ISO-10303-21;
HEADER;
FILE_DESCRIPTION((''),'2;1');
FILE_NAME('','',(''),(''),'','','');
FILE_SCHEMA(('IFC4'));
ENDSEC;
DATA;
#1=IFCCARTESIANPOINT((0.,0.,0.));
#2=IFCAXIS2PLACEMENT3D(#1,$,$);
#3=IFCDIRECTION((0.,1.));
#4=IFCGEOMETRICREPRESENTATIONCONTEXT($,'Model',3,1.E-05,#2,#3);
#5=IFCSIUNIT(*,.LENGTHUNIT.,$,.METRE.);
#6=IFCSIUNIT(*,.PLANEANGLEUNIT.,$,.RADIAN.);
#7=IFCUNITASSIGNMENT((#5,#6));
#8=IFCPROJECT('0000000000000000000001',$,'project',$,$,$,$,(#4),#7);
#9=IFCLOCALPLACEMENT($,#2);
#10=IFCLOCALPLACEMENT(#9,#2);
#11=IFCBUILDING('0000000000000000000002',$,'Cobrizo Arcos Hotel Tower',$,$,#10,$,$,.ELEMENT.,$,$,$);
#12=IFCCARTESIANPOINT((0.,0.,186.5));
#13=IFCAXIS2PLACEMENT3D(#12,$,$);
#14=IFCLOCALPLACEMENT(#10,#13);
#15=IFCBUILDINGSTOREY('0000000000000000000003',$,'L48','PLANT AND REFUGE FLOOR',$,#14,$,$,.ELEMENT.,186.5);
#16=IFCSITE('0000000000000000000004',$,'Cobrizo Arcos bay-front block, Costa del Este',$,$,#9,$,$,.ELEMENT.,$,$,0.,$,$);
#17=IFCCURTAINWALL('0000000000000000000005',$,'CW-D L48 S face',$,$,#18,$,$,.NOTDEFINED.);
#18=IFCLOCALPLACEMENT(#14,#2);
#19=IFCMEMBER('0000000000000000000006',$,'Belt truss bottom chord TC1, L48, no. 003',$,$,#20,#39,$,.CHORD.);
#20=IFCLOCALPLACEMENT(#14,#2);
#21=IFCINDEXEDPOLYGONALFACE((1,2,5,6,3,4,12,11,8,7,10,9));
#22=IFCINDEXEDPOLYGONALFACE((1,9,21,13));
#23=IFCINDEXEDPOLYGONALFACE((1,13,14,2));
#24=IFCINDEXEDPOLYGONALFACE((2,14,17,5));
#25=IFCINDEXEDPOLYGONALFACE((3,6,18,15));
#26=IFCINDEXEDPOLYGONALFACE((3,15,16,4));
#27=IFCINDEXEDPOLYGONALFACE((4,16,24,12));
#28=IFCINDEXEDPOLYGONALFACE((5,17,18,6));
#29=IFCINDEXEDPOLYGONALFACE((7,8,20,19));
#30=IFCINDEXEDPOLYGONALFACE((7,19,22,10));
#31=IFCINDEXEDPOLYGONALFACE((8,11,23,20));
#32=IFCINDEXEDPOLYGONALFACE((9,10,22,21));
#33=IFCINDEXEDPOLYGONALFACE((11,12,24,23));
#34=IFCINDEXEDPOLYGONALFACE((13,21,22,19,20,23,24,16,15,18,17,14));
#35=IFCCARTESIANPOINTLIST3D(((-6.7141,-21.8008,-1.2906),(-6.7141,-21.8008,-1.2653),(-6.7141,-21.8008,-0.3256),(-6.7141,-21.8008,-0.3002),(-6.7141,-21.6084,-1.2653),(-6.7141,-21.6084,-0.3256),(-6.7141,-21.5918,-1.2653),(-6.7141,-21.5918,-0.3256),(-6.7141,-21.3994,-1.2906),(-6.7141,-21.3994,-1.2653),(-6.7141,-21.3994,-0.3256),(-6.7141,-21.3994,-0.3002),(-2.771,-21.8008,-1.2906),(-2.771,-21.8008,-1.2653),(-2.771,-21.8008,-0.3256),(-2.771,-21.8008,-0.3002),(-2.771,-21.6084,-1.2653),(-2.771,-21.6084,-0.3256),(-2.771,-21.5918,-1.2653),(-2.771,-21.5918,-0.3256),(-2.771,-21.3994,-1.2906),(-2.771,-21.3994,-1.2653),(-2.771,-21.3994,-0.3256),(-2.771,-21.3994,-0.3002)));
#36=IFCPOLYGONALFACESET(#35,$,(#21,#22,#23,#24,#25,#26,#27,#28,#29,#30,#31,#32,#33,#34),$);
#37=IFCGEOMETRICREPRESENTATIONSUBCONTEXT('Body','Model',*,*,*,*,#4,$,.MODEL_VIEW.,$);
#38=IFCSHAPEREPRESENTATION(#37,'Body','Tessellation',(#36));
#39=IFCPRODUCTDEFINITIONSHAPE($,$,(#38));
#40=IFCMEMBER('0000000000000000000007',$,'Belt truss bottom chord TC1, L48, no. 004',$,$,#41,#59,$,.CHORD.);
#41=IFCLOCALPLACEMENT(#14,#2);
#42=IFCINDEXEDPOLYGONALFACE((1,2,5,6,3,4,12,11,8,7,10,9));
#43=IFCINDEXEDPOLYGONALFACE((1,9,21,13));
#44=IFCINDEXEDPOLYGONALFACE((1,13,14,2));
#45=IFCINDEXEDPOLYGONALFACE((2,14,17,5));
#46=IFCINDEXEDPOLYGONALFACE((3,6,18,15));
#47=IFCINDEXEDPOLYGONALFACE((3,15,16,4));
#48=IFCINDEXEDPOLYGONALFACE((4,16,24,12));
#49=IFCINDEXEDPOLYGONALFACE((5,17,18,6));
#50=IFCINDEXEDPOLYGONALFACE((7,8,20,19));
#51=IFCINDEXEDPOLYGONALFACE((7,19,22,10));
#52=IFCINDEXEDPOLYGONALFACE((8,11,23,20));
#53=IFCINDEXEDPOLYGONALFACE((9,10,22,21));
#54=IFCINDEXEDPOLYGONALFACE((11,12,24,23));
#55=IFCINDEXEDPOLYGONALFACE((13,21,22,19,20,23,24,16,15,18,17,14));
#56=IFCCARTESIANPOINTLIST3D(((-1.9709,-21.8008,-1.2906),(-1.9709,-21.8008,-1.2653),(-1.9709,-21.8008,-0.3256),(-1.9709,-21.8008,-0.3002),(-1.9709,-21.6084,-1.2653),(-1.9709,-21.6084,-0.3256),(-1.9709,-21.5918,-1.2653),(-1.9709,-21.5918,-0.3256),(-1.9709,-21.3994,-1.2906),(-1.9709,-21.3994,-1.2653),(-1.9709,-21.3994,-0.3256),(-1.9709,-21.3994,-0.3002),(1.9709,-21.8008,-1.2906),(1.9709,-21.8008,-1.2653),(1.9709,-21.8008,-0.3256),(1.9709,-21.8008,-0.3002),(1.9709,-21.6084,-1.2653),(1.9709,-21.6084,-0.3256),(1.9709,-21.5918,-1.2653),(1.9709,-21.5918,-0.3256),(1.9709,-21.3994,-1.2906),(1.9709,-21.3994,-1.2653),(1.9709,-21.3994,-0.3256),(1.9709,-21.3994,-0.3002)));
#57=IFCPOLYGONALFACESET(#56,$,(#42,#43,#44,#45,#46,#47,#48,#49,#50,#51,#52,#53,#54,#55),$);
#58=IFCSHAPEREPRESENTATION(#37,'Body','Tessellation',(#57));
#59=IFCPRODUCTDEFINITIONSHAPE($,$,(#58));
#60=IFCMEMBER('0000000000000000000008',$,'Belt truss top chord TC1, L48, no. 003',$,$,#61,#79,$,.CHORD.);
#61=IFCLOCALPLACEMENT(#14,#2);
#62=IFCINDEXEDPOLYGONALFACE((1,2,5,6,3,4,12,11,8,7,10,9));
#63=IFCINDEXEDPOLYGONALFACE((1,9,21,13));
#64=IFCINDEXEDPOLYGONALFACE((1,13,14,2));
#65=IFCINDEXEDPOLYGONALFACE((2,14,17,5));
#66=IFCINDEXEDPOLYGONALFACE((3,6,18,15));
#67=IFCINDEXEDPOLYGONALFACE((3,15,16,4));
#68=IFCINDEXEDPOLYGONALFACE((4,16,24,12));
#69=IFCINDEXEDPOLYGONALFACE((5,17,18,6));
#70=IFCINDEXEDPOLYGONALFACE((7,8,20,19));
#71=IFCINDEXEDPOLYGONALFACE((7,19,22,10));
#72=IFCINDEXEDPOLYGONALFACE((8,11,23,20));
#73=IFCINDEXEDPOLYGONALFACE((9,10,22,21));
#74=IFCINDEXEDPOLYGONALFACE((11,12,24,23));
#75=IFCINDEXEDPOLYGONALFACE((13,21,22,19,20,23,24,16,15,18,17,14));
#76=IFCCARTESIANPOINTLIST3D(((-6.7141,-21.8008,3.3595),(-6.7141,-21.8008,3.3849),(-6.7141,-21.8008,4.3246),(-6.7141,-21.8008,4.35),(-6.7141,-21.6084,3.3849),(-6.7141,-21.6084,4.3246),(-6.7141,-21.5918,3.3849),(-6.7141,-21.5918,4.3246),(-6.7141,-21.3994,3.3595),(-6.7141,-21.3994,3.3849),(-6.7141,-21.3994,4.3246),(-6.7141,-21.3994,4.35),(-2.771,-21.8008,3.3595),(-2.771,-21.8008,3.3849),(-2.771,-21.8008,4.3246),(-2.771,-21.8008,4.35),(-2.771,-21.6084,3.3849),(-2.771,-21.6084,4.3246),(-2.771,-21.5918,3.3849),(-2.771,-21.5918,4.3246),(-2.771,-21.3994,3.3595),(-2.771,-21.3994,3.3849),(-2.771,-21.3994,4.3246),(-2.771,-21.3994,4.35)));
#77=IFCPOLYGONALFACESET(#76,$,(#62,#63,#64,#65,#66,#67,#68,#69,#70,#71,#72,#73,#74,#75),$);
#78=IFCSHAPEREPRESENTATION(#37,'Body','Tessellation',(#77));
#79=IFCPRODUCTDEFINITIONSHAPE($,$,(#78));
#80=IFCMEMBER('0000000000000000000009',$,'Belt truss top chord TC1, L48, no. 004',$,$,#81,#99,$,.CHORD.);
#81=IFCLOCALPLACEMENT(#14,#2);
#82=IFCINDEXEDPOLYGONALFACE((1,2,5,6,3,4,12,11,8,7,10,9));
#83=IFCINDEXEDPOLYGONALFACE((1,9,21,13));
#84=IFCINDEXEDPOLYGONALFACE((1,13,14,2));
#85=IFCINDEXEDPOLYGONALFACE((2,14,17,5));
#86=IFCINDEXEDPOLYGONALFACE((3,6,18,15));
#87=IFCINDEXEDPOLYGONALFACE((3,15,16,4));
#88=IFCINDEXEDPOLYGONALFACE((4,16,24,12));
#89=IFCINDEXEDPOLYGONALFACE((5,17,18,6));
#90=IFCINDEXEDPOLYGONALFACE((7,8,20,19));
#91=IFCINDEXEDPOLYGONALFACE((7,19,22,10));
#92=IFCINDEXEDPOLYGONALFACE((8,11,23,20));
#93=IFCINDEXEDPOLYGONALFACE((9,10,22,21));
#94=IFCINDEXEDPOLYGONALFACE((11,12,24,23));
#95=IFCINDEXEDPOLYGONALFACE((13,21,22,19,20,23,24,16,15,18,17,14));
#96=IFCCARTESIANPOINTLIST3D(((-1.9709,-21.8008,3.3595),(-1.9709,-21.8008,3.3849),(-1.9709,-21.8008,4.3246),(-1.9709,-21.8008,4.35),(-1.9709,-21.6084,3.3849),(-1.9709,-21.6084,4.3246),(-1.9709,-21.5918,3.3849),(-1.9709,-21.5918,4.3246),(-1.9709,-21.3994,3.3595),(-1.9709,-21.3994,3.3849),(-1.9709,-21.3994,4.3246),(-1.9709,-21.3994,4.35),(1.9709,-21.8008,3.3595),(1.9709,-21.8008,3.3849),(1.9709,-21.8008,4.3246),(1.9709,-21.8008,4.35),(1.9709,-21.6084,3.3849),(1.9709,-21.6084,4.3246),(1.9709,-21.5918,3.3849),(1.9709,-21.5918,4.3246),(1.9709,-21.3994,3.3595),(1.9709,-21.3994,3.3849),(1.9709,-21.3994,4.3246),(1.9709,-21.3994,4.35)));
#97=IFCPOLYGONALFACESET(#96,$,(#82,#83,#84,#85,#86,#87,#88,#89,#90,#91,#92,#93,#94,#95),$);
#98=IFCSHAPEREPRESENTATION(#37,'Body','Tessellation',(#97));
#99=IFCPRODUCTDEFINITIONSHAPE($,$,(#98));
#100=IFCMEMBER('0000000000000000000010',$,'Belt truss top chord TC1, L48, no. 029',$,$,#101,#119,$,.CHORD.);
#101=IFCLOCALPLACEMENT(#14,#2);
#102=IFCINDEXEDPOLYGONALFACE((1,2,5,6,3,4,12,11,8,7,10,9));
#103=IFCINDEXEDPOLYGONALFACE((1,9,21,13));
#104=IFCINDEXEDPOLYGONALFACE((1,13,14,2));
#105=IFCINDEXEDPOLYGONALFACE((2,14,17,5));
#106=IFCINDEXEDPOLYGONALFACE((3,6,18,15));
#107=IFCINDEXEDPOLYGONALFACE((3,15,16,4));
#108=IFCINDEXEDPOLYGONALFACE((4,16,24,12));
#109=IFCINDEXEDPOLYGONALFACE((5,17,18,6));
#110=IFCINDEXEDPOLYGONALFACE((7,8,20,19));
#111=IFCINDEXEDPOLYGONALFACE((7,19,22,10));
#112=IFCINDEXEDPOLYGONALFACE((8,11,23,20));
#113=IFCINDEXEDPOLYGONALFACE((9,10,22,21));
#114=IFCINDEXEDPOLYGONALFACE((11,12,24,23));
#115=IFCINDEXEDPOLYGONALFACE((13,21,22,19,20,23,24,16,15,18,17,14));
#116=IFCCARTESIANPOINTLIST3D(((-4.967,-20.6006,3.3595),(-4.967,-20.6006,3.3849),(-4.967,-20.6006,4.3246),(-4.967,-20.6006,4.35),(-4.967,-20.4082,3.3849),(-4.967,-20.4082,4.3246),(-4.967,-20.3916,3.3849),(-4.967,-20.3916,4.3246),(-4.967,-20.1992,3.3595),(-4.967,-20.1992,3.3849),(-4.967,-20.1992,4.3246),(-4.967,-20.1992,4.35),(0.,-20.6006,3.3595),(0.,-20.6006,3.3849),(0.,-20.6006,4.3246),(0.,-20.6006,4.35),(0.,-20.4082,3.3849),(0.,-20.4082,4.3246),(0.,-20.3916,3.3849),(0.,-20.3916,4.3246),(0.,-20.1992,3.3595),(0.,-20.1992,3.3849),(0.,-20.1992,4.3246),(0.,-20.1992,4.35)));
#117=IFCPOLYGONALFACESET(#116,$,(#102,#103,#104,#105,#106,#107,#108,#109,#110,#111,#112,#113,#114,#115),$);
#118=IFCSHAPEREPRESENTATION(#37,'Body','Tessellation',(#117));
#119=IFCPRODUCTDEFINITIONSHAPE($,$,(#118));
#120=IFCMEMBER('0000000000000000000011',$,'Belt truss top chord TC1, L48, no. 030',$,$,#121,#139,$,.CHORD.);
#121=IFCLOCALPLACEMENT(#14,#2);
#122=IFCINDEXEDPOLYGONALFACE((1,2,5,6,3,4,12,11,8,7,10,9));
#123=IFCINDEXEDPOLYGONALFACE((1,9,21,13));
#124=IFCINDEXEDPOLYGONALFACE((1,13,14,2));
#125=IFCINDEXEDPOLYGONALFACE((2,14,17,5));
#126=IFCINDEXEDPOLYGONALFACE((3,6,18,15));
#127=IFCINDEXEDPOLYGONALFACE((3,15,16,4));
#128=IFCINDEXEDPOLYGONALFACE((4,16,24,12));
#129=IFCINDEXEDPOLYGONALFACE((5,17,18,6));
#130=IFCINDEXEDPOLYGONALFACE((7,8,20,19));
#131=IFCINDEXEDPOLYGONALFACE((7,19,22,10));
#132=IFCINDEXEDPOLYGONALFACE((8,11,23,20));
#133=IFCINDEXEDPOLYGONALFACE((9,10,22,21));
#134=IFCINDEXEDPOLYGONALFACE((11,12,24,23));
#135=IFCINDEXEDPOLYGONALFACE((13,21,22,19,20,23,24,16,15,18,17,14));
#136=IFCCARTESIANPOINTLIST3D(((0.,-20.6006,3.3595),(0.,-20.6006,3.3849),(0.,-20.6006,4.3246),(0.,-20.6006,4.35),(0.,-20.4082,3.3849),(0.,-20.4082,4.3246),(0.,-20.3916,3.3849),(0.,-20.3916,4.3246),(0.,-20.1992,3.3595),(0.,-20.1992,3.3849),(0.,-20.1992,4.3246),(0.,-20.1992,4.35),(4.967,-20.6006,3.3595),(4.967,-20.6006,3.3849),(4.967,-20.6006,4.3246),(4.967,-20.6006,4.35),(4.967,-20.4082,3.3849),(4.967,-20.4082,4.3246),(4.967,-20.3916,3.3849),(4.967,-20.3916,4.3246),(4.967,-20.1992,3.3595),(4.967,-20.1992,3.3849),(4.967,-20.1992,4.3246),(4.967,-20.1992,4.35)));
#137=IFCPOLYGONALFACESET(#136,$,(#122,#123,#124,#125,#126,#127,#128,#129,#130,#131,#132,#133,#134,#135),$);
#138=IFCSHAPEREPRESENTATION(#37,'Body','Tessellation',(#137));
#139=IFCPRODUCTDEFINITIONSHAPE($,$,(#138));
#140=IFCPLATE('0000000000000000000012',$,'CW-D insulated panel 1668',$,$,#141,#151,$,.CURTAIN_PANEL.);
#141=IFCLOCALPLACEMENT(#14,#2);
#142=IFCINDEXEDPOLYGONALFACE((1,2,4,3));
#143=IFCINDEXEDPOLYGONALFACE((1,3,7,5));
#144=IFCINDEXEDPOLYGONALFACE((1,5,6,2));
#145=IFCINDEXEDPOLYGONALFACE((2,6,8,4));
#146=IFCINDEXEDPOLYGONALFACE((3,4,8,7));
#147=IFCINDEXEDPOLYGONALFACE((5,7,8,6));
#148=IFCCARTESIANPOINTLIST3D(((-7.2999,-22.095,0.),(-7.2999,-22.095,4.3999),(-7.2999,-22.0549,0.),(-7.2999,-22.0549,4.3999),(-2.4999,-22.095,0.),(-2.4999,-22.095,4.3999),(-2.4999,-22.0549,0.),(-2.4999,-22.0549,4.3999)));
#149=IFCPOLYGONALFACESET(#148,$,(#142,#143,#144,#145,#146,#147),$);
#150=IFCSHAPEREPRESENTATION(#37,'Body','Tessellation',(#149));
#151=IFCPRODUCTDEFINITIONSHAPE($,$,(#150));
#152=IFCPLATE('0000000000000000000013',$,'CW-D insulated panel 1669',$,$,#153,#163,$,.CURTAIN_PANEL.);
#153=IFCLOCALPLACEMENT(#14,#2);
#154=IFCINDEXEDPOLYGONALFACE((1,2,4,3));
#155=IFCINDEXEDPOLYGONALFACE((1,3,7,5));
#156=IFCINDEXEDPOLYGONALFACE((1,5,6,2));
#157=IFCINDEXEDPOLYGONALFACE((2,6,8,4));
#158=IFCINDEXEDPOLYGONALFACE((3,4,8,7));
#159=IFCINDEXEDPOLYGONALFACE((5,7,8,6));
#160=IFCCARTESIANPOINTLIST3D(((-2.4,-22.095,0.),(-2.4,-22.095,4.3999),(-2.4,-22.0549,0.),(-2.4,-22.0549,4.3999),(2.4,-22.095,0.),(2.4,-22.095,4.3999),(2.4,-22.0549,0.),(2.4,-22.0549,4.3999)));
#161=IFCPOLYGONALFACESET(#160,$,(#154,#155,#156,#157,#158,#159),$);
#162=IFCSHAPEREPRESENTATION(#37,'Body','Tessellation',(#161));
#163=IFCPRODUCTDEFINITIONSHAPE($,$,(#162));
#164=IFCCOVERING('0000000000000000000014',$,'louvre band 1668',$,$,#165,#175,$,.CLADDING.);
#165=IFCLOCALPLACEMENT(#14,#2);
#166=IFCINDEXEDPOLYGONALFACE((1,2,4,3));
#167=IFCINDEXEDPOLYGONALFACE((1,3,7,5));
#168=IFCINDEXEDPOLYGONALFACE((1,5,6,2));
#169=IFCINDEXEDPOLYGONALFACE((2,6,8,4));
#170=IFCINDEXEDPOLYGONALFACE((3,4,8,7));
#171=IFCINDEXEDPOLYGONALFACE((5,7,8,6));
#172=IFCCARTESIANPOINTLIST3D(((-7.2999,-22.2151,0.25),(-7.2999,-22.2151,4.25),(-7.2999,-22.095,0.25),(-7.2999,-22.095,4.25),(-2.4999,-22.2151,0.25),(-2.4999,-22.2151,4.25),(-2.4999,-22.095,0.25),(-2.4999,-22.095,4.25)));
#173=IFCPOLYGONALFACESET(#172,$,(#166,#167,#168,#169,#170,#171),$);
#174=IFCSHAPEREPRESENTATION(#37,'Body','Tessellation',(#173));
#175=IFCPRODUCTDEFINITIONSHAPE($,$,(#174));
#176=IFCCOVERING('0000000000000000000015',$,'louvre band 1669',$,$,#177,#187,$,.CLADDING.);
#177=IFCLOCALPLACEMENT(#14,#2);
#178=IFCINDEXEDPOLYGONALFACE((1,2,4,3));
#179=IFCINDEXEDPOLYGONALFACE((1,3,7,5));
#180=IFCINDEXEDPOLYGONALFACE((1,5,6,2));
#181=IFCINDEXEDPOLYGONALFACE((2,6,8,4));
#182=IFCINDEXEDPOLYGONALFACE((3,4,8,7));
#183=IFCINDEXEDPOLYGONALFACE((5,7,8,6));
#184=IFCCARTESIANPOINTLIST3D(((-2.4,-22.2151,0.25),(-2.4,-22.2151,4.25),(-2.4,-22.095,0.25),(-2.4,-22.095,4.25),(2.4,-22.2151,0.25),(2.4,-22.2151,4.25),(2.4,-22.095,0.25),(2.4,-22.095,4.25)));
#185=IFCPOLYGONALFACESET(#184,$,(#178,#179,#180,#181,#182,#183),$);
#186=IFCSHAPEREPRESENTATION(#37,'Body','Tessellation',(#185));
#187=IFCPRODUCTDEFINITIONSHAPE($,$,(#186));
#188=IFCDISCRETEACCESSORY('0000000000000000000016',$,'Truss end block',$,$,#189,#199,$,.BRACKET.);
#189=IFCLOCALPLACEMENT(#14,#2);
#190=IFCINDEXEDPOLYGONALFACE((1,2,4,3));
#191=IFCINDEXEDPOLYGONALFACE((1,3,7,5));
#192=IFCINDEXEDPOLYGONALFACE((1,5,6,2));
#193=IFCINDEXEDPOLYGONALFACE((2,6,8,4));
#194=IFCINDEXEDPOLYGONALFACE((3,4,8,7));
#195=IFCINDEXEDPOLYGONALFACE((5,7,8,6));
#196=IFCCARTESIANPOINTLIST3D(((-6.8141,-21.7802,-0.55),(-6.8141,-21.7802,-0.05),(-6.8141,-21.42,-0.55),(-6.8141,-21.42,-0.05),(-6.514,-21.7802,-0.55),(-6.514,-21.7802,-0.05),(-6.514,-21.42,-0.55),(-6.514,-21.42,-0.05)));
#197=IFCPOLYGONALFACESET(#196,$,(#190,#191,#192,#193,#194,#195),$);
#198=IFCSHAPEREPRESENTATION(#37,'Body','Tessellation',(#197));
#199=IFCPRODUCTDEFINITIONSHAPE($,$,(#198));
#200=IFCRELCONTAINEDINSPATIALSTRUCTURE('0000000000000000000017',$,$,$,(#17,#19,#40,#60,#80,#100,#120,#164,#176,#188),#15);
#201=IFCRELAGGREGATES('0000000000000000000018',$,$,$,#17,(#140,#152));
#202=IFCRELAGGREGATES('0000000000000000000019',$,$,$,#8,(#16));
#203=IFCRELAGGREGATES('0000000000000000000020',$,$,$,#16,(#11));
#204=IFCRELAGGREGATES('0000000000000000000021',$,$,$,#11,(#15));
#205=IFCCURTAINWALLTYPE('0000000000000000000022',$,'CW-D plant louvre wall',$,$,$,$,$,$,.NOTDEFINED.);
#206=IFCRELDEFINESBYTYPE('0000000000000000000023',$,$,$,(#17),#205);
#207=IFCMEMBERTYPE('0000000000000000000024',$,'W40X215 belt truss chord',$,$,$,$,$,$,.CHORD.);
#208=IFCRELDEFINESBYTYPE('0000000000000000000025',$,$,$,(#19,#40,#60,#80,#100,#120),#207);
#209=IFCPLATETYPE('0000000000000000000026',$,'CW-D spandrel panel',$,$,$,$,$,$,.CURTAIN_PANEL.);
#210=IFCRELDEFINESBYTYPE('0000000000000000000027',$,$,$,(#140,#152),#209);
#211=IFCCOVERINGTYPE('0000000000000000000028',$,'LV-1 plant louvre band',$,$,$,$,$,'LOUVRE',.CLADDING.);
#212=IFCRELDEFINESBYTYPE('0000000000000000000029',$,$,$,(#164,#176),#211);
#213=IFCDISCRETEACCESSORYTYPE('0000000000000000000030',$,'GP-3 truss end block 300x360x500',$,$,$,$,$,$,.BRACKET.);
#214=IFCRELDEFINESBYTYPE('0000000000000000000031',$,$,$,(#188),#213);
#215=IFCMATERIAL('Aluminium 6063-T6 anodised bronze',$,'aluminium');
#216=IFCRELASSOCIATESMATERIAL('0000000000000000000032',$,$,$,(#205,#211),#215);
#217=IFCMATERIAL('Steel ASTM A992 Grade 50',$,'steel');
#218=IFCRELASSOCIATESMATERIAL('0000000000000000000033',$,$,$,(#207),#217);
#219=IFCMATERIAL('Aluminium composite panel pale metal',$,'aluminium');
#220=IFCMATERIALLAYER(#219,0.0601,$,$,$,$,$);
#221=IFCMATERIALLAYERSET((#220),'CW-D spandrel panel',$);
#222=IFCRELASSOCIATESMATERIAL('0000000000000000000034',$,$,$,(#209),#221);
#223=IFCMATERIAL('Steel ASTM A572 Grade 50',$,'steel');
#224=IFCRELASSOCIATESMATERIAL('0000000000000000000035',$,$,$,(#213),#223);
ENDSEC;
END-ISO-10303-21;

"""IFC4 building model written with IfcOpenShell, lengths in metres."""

from ifc_helpers import new_model, si_unit, direction, frame, origin, origin_2d, place, context, subcontext, project, spatial, rectangle, i_section, extrude, material, layer, layer_set, material_profile, profile_set, type_object, element, aggregate, save


model = new_model("IFC4")

# Units and contexts
model_context = context("Model", 3, precision=1e-05, world=origin(), true_north=direction((0.0, 1.0)))
body_context = subcontext(model_context, "Body", "Model", "MODEL_VIEW")
ifc_project = project(units=[si_unit("LENGTHUNIT", "METRE"), si_unit("PLANEANGLEUNIT", "RADIAN")], contexts=[model_context])

# Site, building, storey
site_placement = place(None, origin())
site = spatial("IfcSite", under=ifc_project, at=site_placement, Name="Cobrizo Arcos bay-front block, Costa del Este", CompositionType="ELEMENT", RefElevation=0.0)
building_placement = place(site_placement, origin())
building = spatial("IfcBuilding", under=site, at=building_placement, Name="Cobrizo Arcos Hotel Tower", CompositionType="ELEMENT")
storey_placement = place(building_placement, frame((0.0, 0.0, 186.5)))
storey = spatial("IfcBuildingStorey", under=building, at=storey_placement, Name="L48", Description="PLANT AND REFUGE FLOOR", CompositionType="ELEMENT", Elevation=186.5)

# Shared definitions
ifc_material_1 = material(Name="Steel ASTM A572 Grade 50", Category="steel")

# Curtain wall
ifc_material_2 = material(Name="Aluminium 6063-T6 anodised bronze", Category="aluminium")
curtain_wall_type = type_object("IfcCurtainWallType", Name="CW-D plant louvre wall", PredefinedType="NOTDEFINED", material=ifc_material_2)
curtain_wall_placement = place(storey_placement, origin())
curtain_wall = element("IfcCurtainWall", 1, at=curtain_wall_placement, inside=storey, type_object=curtain_wall_type, Name="CW-D L48 S face", PredefinedType="NOTDEFINED")

# Members
ifc_material_3 = material(Name="Steel ASTM A992 Grade 50", Category="steel")
ifc_material_profile_1 = material_profile(ifc_material_3, i_section(OverallWidth=0.4014, OverallDepth=0.9905, WebThickness=0.0166, FlangeThickness=0.0254, at=origin_2d()), Name="W40X215")
ifc_profile_set_1 = profile_set([ifc_material_profile_1], Name="Steel ASTM A992 Grade 50")
member_type_1 = type_object("IfcMemberType", Name="W40X215 belt truss chord", PredefinedType="CHORD", material=ifc_profile_set_1)
member_1_placement = place(storey_placement, frame((-6.7141, -21.6001, -0.7954), z_axis=(1.0, 0.0, 0.0), x_axis=(0.0, 1.0, 0.0)))
element("IfcMember", 2, at=member_1_placement, inside=storey, type_object=member_type_1, Name="Belt truss bottom chord TC1, L48, no. 003", PredefinedType="CHORD", context=body_context, shape_type="SweptSolid", body=[
    extrude(i_section(OverallWidth=0.4014, OverallDepth=0.9905, WebThickness=0.0166, FlangeThickness=0.0254, at=origin_2d()), origin(), (0.0, 0.0, 1.0), 3.9431),
])
member_2_placement = place(storey_placement, frame((-1.9709, -21.6001, -0.7954), z_axis=(1.0, 0.0, 0.0), x_axis=(0.0, 1.0, 0.0)))
element("IfcMember", 3, at=member_2_placement, inside=storey, type_object=member_type_1, Name="Belt truss bottom chord TC1, L48, no. 004", PredefinedType="CHORD", context=body_context, shape_type="SweptSolid", body=[
    extrude(i_section(OverallWidth=0.4014, OverallDepth=0.9905, WebThickness=0.0166, FlangeThickness=0.0254, at=origin_2d()), origin(), (0.0, 0.0, 1.0), 3.9419),
])
member_3_placement = place(storey_placement, frame((-6.7141, -21.6001, 3.8547), z_axis=(1.0, 0.0, 0.0), x_axis=(0.0, 1.0, 0.0)))
element("IfcMember", 4, at=member_3_placement, inside=storey, type_object=member_type_1, Name="Belt truss top chord TC1, L48, no. 003", PredefinedType="CHORD", context=body_context, shape_type="SweptSolid", body=[
    extrude(i_section(OverallWidth=0.4014, OverallDepth=0.9905, WebThickness=0.0166, FlangeThickness=0.0254, at=origin_2d()), origin(), (0.0, 0.0, 1.0), 3.9431),
])
member_4_placement = place(storey_placement, frame((-1.9709, -21.6001, 3.8547), z_axis=(1.0, 0.0, 0.0), x_axis=(0.0, 1.0, 0.0)))
element("IfcMember", 5, at=member_4_placement, inside=storey, type_object=member_type_1, Name="Belt truss top chord TC1, L48, no. 004", PredefinedType="CHORD", context=body_context, shape_type="SweptSolid", body=[
    extrude(i_section(OverallWidth=0.4014, OverallDepth=0.9905, WebThickness=0.0166, FlangeThickness=0.0254, at=origin_2d()), origin(), (0.0, 0.0, 1.0), 3.9419),
])
for number, where, z_axis, x_axis, name in (
    (6, (-4.967, -20.3999, 3.8547), (1.0, 0.0, 0.0), (0.0, 1.0, 0.0), "Belt truss top chord TC1, L48, no. 029"),
    (7, (0.0, -20.3999, 3.8547), (1.0, 0.0, 0.0), (0.0, 1.0, 0.0), "Belt truss top chord TC1, L48, no. 030"),
):
    element("IfcMember", number, at=place(storey_placement, frame(where, z_axis=z_axis, x_axis=x_axis)), inside=storey, type_object=member_type_1, Name=name, PredefinedType="CHORD", context=body_context, shape_type="SweptSolid", body=[
        extrude(i_section(OverallWidth=0.4014, OverallDepth=0.9905, WebThickness=0.0166, FlangeThickness=0.0254, at=origin_2d()), origin(), (0.0, 0.0, 1.0), 4.967),
    ])

# Plates
ifc_material_4 = material(Name="Aluminium composite panel pale metal", Category="aluminium")
ifc_layer = layer(ifc_material_4, 0.0601)
ifc_layer_set = layer_set([ifc_layer], Name="CW-D spandrel panel")
plate_type = type_object("IfcPlateType", Name="CW-D spandrel panel", PredefinedType="CURTAIN_PANEL", material=ifc_layer_set)
plate_1_placement = place(storey_placement, frame((-4.8999, -22.075, 0.0), z_axis=(0.0, 0.0, 1.0), x_axis=(1.0, 0.0, 0.0)))
plate_1 = element("IfcPlate", 8, at=plate_1_placement, type_object=plate_type, Name="CW-D insulated panel 1668", PredefinedType="CURTAIN_PANEL", context=body_context, shape_type="SweptSolid", body=[
    extrude(rectangle(XDim=4.8, YDim=0.04, at=origin_2d()), origin(), (0.0, 0.0, 1.0), 4.3999),
])
plate_2_placement = place(storey_placement, frame((0.0, -22.075, 0.0), z_axis=(0.0, 0.0, 1.0), x_axis=(1.0, 0.0, 0.0)))
plate_2 = element("IfcPlate", 9, at=plate_2_placement, type_object=plate_type, Name="CW-D insulated panel 1669", PredefinedType="CURTAIN_PANEL", context=body_context, shape_type="SweptSolid", body=[
    extrude(rectangle(XDim=4.8, YDim=0.04, at=origin_2d()), origin(), (0.0, 0.0, 1.0), 4.3999),
])
aggregate(curtain_wall, [plate_1, plate_2])

# Coverings
covering_type = type_object("IfcCoveringType", Name="LV-1 plant louvre band", ElementType="LOUVRE", PredefinedType="CLADDING", material=ifc_material_2)
for number, where, z_axis, x_axis, name in (
    (10, (-4.8999, -22.155, 0.25), (0.0, 0.0, 1.0), (1.0, 0.0, 0.0), "louvre band 1668"),
    (11, (0.0, -22.155, 0.25), (0.0, 0.0, 1.0), (1.0, 0.0, 0.0), "louvre band 1669"),
):
    element("IfcCovering", number, at=place(storey_placement, frame(where, z_axis=z_axis, x_axis=x_axis)), inside=storey, type_object=covering_type, Name=name, PredefinedType="CLADDING", context=body_context, shape_type="SweptSolid", body=[
        extrude(rectangle(XDim=4.8, YDim=0.1201, at=origin_2d()), origin(), (0.0, 0.0, 1.0), 4.0),
    ])

# Discrete accessory
discrete_accessory_type_1 = type_object("IfcDiscreteAccessoryType", Name="GP-3 truss end block 300x360x500", PredefinedType="BRACKET", material=ifc_material_1)
for number, where, z_axis, x_axis, name in (
    (12, (-6.6641, -21.6001, -0.55), (0.0, 0.0, 1.0), (1.0, 0.0, 0.0), "Truss end block"),
):
    element("IfcDiscreteAccessory", number, at=place(storey_placement, frame(where, z_axis=z_axis, x_axis=x_axis)), inside=storey, type_object=discrete_accessory_type_1, Name=name, PredefinedType="BRACKET", context=body_context, shape_type="SweptSolid", body=[
        extrude(rectangle(XDim=0.3, YDim=0.3601, at=origin_2d()), origin(), (0.0, 0.0, 1.0), 0.5),
    ])

save(model, "model.ifc")
